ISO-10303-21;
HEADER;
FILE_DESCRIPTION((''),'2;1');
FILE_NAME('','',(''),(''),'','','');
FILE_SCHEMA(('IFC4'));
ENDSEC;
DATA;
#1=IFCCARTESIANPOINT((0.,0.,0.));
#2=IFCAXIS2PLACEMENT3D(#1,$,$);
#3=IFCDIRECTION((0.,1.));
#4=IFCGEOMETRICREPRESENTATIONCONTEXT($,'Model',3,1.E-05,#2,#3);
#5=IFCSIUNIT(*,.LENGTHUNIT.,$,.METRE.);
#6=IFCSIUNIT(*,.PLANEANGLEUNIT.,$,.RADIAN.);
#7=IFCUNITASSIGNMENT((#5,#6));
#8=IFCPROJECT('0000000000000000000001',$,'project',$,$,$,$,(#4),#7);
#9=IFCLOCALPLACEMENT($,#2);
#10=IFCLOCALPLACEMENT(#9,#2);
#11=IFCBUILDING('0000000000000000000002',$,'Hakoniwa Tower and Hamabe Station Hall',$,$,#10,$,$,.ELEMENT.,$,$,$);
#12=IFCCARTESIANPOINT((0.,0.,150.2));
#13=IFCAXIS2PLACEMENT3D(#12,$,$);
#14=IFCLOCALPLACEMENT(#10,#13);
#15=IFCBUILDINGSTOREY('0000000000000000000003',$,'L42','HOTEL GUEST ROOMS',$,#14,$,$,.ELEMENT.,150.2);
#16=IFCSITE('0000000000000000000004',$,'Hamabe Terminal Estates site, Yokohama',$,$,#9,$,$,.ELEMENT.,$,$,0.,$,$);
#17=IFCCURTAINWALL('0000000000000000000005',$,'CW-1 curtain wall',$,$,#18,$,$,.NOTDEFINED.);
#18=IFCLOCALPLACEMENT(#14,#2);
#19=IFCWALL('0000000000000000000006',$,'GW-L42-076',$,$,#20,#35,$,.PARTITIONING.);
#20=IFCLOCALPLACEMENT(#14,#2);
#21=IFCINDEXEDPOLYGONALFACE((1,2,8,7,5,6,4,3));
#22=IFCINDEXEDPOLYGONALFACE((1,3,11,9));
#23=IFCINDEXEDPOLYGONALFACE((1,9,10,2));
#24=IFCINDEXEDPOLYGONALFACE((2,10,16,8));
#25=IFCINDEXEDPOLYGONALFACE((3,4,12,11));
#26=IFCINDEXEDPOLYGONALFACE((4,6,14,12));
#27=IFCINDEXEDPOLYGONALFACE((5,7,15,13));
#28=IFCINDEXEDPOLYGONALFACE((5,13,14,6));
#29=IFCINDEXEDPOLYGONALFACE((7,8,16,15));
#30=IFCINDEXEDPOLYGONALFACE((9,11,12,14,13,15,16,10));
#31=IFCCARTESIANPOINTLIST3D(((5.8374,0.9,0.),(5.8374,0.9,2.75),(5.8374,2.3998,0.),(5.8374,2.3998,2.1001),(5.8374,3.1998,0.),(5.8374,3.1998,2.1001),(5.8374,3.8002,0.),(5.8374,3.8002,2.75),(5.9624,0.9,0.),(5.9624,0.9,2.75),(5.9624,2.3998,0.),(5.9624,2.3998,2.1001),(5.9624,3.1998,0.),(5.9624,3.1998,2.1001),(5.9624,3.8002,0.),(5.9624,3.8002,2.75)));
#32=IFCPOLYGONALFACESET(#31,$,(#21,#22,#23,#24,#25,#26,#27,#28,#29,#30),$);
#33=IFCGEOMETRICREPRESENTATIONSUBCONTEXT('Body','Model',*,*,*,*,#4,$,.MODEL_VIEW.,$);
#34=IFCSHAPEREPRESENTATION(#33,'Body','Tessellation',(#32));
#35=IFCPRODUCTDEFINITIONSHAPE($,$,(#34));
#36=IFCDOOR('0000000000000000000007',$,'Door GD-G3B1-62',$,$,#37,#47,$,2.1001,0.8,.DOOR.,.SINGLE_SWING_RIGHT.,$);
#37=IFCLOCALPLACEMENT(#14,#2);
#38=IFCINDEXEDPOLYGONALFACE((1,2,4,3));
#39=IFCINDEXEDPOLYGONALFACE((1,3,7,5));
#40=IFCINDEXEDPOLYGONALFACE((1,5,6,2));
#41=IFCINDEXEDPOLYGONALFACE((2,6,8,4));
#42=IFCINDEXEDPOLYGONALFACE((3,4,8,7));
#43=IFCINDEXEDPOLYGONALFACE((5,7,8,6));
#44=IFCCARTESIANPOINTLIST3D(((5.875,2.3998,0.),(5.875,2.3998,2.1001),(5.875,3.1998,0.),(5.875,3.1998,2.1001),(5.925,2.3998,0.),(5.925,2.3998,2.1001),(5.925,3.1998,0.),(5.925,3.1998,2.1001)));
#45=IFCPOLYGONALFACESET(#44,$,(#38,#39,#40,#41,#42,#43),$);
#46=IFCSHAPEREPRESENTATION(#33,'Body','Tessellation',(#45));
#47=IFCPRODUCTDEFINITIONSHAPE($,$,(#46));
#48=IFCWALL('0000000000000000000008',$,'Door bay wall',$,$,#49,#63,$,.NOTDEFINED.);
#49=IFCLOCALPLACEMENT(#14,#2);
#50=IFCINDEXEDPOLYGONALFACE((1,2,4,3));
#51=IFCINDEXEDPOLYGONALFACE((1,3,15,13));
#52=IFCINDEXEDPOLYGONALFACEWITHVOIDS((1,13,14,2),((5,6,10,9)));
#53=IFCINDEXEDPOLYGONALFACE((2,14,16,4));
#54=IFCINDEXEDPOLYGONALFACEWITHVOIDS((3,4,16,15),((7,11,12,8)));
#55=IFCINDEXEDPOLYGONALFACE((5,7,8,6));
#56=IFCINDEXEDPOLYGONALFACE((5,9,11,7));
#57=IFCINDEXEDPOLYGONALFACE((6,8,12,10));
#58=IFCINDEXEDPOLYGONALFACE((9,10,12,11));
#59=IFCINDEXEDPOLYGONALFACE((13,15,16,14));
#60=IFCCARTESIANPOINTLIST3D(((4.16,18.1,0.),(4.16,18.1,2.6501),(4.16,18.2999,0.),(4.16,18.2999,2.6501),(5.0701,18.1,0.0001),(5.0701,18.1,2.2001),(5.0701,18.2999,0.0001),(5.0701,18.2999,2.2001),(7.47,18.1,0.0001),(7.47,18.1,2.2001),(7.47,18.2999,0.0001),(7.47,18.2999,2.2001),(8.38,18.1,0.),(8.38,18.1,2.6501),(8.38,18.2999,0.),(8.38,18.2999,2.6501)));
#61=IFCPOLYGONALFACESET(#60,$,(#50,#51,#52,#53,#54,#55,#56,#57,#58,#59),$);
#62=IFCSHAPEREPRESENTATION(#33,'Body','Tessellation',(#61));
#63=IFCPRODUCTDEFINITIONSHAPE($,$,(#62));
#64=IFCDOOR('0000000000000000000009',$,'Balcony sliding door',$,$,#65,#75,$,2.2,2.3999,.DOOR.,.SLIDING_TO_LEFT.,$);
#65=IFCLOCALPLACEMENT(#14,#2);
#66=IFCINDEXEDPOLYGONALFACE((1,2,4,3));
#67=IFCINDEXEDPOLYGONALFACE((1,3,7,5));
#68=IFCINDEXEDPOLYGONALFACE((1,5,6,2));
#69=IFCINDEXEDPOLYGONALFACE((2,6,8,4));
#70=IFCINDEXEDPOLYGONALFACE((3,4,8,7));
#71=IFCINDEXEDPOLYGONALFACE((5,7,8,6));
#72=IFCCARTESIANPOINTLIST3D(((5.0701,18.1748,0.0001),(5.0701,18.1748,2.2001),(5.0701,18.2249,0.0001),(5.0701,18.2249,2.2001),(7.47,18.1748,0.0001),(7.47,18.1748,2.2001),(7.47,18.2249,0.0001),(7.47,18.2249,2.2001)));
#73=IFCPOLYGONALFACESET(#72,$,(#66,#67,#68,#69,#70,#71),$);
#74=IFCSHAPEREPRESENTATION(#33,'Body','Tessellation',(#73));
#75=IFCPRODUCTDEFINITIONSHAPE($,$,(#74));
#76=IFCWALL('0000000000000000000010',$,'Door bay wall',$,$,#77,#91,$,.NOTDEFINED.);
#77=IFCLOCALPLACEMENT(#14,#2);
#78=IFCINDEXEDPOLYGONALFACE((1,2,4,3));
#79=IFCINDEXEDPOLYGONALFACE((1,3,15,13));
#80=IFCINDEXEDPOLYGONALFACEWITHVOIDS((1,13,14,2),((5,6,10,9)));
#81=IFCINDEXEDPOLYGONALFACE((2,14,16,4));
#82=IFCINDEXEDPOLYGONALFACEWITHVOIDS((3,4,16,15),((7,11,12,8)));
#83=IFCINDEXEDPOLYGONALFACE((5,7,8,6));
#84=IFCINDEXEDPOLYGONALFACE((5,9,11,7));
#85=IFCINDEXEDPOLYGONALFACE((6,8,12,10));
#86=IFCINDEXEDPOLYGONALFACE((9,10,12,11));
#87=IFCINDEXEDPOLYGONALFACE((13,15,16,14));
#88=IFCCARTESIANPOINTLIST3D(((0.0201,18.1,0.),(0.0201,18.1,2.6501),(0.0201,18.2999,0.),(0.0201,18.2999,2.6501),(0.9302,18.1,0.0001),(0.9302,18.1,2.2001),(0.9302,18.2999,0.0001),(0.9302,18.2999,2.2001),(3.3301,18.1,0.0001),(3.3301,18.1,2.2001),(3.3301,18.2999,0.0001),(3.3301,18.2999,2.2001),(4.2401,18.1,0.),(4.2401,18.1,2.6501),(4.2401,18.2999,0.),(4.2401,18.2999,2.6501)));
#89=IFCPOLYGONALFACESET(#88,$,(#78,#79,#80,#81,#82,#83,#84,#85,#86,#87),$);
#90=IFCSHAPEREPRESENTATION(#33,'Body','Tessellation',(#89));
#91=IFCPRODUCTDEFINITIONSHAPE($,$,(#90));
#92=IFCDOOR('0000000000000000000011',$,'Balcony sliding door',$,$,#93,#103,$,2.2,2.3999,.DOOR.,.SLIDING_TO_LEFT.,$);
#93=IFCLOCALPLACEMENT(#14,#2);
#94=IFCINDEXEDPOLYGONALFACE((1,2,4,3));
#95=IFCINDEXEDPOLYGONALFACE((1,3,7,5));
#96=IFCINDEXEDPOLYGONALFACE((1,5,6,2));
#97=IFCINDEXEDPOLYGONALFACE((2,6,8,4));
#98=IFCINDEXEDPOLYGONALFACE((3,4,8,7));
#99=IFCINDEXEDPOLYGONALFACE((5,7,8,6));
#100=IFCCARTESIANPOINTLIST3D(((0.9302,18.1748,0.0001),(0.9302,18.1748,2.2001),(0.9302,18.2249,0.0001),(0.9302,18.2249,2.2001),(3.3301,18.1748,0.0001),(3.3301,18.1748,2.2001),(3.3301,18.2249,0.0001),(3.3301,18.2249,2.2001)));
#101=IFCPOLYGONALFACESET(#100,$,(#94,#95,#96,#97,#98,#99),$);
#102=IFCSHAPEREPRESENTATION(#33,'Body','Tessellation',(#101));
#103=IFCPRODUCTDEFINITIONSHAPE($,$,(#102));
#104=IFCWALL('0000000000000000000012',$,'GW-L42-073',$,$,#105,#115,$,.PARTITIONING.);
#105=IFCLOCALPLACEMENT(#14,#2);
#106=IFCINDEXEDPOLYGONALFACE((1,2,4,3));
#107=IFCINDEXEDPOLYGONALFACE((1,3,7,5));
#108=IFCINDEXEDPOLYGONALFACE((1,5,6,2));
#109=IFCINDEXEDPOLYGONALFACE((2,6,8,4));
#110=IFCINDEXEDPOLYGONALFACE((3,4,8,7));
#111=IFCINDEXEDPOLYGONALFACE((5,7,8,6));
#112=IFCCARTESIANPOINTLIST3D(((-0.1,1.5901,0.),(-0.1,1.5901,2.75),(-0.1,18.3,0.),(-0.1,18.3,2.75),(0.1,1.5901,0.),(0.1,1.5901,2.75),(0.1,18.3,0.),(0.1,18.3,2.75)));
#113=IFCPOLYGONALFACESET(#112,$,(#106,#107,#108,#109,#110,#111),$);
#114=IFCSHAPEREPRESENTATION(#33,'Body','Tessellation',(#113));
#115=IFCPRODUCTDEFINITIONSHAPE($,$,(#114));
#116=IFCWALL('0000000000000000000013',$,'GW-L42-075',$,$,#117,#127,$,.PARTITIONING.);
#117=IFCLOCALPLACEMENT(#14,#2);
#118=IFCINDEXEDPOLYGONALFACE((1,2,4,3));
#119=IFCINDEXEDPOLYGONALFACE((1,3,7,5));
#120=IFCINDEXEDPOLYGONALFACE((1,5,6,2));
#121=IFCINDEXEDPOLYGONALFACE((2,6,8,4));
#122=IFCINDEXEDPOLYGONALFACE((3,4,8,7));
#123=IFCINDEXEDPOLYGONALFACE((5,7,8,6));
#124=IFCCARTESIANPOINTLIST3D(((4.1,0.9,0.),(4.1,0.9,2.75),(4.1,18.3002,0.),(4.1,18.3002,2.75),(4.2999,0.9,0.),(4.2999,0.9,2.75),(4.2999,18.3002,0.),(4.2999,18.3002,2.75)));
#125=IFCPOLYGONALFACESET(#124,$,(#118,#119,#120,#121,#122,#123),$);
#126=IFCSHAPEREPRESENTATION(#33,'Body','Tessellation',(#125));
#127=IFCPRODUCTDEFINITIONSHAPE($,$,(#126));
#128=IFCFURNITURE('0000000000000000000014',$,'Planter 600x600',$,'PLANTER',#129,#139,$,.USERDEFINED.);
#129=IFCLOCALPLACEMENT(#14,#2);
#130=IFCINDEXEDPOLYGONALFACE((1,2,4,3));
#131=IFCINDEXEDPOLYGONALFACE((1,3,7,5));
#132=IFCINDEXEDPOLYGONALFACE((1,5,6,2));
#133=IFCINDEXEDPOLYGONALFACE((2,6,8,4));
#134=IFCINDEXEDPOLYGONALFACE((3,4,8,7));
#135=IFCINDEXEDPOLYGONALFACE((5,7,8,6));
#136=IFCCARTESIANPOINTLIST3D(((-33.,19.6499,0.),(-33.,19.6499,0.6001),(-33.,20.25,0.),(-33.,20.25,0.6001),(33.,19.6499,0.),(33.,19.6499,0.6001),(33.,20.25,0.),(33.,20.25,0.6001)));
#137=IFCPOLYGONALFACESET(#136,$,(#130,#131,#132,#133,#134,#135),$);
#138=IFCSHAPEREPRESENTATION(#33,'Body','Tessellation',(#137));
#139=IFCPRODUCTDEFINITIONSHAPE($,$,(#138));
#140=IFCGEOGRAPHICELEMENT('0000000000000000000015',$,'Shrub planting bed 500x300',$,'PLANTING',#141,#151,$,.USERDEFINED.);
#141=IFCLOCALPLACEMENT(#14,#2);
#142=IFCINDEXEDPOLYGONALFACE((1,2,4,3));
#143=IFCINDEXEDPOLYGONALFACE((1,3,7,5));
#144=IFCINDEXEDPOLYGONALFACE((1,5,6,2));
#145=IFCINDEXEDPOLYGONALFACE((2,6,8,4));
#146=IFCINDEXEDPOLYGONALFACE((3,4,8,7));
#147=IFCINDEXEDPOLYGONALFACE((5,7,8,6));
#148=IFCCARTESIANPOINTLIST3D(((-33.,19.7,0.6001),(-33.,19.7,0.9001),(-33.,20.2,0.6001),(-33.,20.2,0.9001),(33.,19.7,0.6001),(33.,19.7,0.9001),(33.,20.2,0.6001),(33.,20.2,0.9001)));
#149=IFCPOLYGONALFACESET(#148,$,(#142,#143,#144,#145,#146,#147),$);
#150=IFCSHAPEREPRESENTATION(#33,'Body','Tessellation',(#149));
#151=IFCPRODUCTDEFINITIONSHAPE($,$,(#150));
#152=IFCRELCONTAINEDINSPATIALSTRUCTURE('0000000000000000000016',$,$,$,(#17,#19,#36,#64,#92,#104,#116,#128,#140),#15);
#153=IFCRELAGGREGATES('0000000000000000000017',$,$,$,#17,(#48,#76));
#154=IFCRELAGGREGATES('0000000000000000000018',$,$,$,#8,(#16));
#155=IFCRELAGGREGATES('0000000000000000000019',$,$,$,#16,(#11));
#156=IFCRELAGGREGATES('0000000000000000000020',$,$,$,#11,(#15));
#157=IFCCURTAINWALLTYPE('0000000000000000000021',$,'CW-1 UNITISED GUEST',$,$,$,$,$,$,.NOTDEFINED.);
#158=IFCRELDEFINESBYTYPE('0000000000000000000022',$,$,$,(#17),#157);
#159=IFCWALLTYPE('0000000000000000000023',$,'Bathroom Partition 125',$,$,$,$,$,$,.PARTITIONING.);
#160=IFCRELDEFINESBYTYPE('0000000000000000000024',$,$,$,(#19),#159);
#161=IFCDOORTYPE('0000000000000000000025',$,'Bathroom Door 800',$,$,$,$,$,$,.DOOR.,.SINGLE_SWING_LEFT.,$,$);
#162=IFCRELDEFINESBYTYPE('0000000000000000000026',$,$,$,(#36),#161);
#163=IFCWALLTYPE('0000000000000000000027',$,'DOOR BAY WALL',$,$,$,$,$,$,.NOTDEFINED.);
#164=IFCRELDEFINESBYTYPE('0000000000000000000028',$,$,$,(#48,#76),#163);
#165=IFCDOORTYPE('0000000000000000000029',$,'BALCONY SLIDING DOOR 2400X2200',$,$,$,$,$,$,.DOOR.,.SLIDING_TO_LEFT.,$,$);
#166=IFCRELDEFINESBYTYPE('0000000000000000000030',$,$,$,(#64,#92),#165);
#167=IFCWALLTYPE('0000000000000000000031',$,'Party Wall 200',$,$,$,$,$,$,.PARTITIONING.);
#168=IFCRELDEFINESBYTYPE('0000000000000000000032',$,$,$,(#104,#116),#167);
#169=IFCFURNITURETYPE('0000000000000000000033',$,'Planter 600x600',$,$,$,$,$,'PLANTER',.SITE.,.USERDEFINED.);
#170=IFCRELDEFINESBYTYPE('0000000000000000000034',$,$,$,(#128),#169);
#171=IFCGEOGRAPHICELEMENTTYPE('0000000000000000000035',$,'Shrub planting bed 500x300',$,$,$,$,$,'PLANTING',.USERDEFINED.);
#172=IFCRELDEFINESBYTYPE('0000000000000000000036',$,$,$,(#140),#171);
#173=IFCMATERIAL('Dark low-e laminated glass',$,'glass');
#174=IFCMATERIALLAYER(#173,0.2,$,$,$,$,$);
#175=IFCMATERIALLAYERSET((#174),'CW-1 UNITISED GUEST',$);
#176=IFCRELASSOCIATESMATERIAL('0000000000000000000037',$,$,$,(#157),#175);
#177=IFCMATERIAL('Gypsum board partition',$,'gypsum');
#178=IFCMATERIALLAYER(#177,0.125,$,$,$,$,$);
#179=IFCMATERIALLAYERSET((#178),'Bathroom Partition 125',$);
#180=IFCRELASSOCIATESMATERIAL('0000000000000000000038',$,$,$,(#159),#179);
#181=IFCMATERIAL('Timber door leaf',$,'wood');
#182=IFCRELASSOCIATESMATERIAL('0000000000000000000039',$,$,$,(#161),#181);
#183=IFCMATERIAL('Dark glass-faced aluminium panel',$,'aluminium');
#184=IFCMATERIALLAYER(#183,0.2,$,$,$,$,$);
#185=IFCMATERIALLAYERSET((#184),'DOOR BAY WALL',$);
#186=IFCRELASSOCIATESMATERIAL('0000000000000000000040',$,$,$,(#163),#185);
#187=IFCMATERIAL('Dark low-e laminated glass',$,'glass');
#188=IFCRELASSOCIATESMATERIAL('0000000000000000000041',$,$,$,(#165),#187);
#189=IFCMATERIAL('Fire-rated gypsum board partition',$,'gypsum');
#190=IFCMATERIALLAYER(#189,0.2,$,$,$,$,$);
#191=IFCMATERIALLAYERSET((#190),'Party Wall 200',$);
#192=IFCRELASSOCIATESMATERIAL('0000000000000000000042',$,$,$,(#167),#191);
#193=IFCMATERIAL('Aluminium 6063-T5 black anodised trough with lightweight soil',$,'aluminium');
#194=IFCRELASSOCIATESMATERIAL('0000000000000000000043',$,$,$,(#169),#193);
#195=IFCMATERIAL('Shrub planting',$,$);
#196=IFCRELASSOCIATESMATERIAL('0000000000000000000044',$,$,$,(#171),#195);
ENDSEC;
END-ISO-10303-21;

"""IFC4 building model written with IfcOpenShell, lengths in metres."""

from ifc_helpers import new_model, si_unit, direction, frame, frame_2d, origin, origin_2d, place, context, subcontext, project, spatial, rectangle, extrude, material, layer, layer_set, type_object, element, fill, aggregate, save


model = new_model("IFC4")

# Units and contexts
model_context = context("Model", 3, precision=1e-05, world=origin(), true_north=direction((0.0, 1.0)))
body_context = subcontext(model_context, "Body", "Model", "MODEL_VIEW")
ifc_project = project(units=[si_unit("LENGTHUNIT", "METRE"), si_unit("PLANEANGLEUNIT", "RADIAN")], contexts=[model_context])

# Site, building, storey
site_placement = place(None, origin())
site = spatial("IfcSite", under=ifc_project, at=site_placement, Name="Hamabe Terminal Estates site, Yokohama", CompositionType="ELEMENT", RefElevation=0.0)
building_placement = place(site_placement, origin())
building = spatial("IfcBuilding", under=site, at=building_placement, Name="Hakoniwa Tower and Hamabe Station Hall", CompositionType="ELEMENT")
storey_placement = place(building_placement, frame((0.0, 0.0, 150.2)))
storey = spatial("IfcBuildingStorey", under=building, at=storey_placement, Name="L42", Description="HOTEL GUEST ROOMS", CompositionType="ELEMENT", Elevation=150.2)

# Curtain wall
ifc_material_1 = material(Name="Dark low-e laminated glass", Category="glass")
ifc_layer_1 = layer(ifc_material_1, 0.2)
ifc_layer_set_1 = layer_set([ifc_layer_1], Name="CW-1 UNITISED GUEST")
curtain_wall_type = type_object("IfcCurtainWallType", Name="CW-1 UNITISED GUEST", PredefinedType="NOTDEFINED", material=ifc_layer_set_1)
curtain_wall_1_placement = place(storey_placement, origin())
curtain_wall_1 = element("IfcCurtainWall", 1, at=curtain_wall_1_placement, inside=storey, type_object=curtain_wall_type, Name="CW-1 curtain wall", PredefinedType="NOTDEFINED")

# Shared definitions
ifc_material_2 = material(Name="Gypsum board partition", Category="gypsum")
ifc_layer_2 = layer(ifc_material_2, 0.125)
ifc_layer_set_2 = layer_set([ifc_layer_2], Name="Bathroom Partition 125")
wall_type_1 = type_object("IfcWallType", Name="Bathroom Partition 125", PredefinedType="PARTITIONING", material=ifc_layer_set_2)

# Walls, openings, doors
ifc_material_3 = material(Name="Timber door leaf", Category="wood")
door_type_1 = type_object("IfcDoorType", Name="Bathroom Door 800", OperationType="SINGLE_SWING_LEFT", PredefinedType="DOOR", material=ifc_material_3)
wall_1_placement = place(storey_placement, frame((5.8999, 0.8999, 0.0), z_axis=(0.0, 0.0, 1.0), x_axis=(0.0, 1.0, 0.0)))
wall_1 = element("IfcWall", 2, at=wall_1_placement, inside=storey, type_object=wall_type_1, Name="GW-L42-076", PredefinedType="PARTITIONING", context=body_context, shape_type="SweptSolid", body=[
    extrude(rectangle(XDim=2.9001, YDim=0.125, at=frame_2d((1.4502, 0.0))), origin(), (0.0, 0.0, 1.0), 2.75),
])
opening_1_placement = place(wall_1_placement, frame((1.5, 0.0, 0.0)))
opening_1 = element("IfcOpeningElement", 3, at=opening_1_placement, cuts=wall_1, PredefinedType="OPENING", context=body_context, shape_type="SweptSolid", body=[
    extrude(rectangle(XDim=0.8, YDim=2.1001, at=frame_2d((0.3999, 1.05))), frame((0.0, 0.0725, 0.0), z_axis=(0.0, -1.0, 0.0), x_axis=(1.0, 0.0, 0.0)), (0.0, 0.0, 1.0), 0.145),
])
door_1_placement = place(opening_1_placement, origin())
door_1 = element("IfcDoor", 4, at=door_1_placement, inside=storey, type_object=door_type_1, Name="Door GD-G3B1-62", OperationType="SINGLE_SWING_RIGHT", OverallHeight=2.1001, OverallWidth=0.8, PredefinedType="DOOR", context=body_context, shape_type="SweptSolid", body=[
    extrude(rectangle(XDim=0.8, YDim=2.1001, at=frame_2d((0.3999, 1.05))), frame((0.0, 0.0249, 0.0), z_axis=(0.0, -1.0, 0.0), x_axis=(1.0, 0.0, 0.0)), (0.0, 0.0, 1.0), 0.05),
])
fill(opening_1, door_1)
ifc_material_4 = material(Name="Dark glass-faced aluminium panel", Category="aluminium")
ifc_layer_3 = layer(ifc_material_4, 0.2)
ifc_layer_set_3 = layer_set([ifc_layer_3], Name="DOOR BAY WALL")
wall_type_2 = type_object("IfcWallType", Name="DOOR BAY WALL", PredefinedType="NOTDEFINED", material=ifc_layer_set_3)
wall_2_placement = place(storey_placement, frame((8.3799, 18.2, 0.0), z_axis=(0.0, 0.0, 1.0), x_axis=(-1.0, 0.0, 0.0)))
wall_2 = element("IfcWall", 5, at=wall_2_placement, type_object=wall_type_2, Name="Door bay wall", PredefinedType="NOTDEFINED", context=body_context, shape_type="SweptSolid", body=[
    extrude(rectangle(XDim=4.22, YDim=0.2, at=frame_2d((2.1099, 0.0))), origin(), (0.0, 0.0, 1.0), 2.6501),
])
opening_2_placement = place(wall_2_placement, frame((0.9099, 0.0, 0.0)))
opening_2 = element("IfcOpeningElement", 6, at=opening_2_placement, cuts=wall_2, PredefinedType="OPENING", context=body_context, shape_type="SweptSolid", body=[
    extrude(rectangle(XDim=2.3999, YDim=2.2, at=frame_2d((1.2, 1.1001))), frame((0.0, 0.1099, 0.0), z_axis=(0.0, -1.0, 0.0), x_axis=(1.0, 0.0, 0.0)), (0.0, 0.0, 1.0), 0.22),
])
ifc_material_5 = material(Name="Dark low-e laminated glass", Category="glass")
door_type_2 = type_object("IfcDoorType", Name="BALCONY SLIDING DOOR 2400X2200", OperationType="SLIDING_TO_LEFT", PredefinedType="DOOR", material=ifc_material_5)
door_2_placement = place(opening_2_placement, frame((2.3999, 0.0, 0.0), z_axis=(0.0, 0.0, 1.0), x_axis=(-1.0, 0.0, 0.0)))
door_2 = element("IfcDoor", 7, at=door_2_placement, inside=storey, type_object=door_type_2, Name="Balcony sliding door", OperationType="SLIDING_TO_LEFT", OverallHeight=2.2, OverallWidth=2.3999, PredefinedType="DOOR", context=body_context, shape_type="SweptSolid", body=[
    extrude(rectangle(XDim=2.3999, YDim=2.2, at=frame_2d((1.2, 1.1001))), frame((0.0, 0.0249, 0.0), z_axis=(0.0, -1.0, 0.0), x_axis=(1.0, 0.0, 0.0)), (0.0, 0.0, 1.0), 0.05),
])
fill(opening_2, door_2)
wall_3_placement = place(storey_placement, frame((4.24, 18.2, 0.0), z_axis=(0.0, 0.0, 1.0), x_axis=(-1.0, 0.0, 0.0)))
wall_3 = element("IfcWall", 8, at=wall_3_placement, type_object=wall_type_2, Name="Door bay wall", PredefinedType="NOTDEFINED", context=body_context, shape_type="SweptSolid", body=[
    extrude(rectangle(XDim=4.22, YDim=0.2, at=frame_2d((2.1099, 0.0))), origin(), (0.0, 0.0, 1.0), 2.6501),
])
opening_3_placement = place(wall_3_placement, frame((0.9099, 0.0, 0.0)))
opening_3 = element("IfcOpeningElement", 9, at=opening_3_placement, cuts=wall_3, PredefinedType="OPENING", context=body_context, shape_type="SweptSolid", body=[
    extrude(rectangle(XDim=2.3999, YDim=2.2, at=frame_2d((1.2, 1.1001))), frame((0.0, 0.1099, 0.0), z_axis=(0.0, -1.0, 0.0), x_axis=(1.0, 0.0, 0.0)), (0.0, 0.0, 1.0), 0.22),
])
door_3_placement = place(opening_3_placement, frame((2.3999, 0.0, 0.0), z_axis=(0.0, 0.0, 1.0), x_axis=(-1.0, 0.0, 0.0)))
door_3 = element("IfcDoor", 10, at=door_3_placement, inside=storey, type_object=door_type_2, Name="Balcony sliding door", OperationType="SLIDING_TO_LEFT", OverallHeight=2.2, OverallWidth=2.3999, PredefinedType="DOOR", context=body_context, shape_type="SweptSolid", body=[
    extrude(rectangle(XDim=2.3999, YDim=2.2, at=frame_2d((1.2, 1.1001))), frame((0.0, 0.0249, 0.0), z_axis=(0.0, -1.0, 0.0), x_axis=(1.0, 0.0, 0.0)), (0.0, 0.0, 1.0), 0.05),
])
fill(opening_3, door_3)
aggregate(curtain_wall_1, [wall_2, wall_3])

# Walls
ifc_material_6 = material(Name="Fire-rated gypsum board partition", Category="gypsum")
ifc_layer_4 = layer(ifc_material_6, 0.2)
ifc_layer_set_4 = layer_set([ifc_layer_4], Name="Party Wall 200")
wall_type_3 = type_object("IfcWallType", Name="Party Wall 200", PredefinedType="PARTITIONING", material=ifc_layer_set_4)
wall_4_placement = place(storey_placement, frame((0.0, 1.5901, 0.0), z_axis=(0.0, 0.0, 1.0), x_axis=(0.0, 1.0, 0.0)))
element("IfcWall", 11, at=wall_4_placement, inside=storey, type_object=wall_type_3, Name="GW-L42-073", PredefinedType="PARTITIONING", context=body_context, shape_type="SweptSolid", body=[
    extrude(rectangle(XDim=16.71, YDim=0.2, at=frame_2d((8.355, 0.0))), origin(), (0.0, 0.0, 1.0), 2.75),
])
wall_5_placement = place(storey_placement, frame((4.2, 0.8999, 0.0), z_axis=(0.0, 0.0, 1.0), x_axis=(0.0, 1.0, 0.0)))
element("IfcWall", 12, at=wall_5_placement, inside=storey, type_object=wall_type_3, Name="GW-L42-075", PredefinedType="PARTITIONING", context=body_context, shape_type="SweptSolid", body=[
    extrude(rectangle(XDim=17.4001, YDim=0.2, at=frame_2d((8.7002, 0.0))), origin(), (0.0, 0.0, 1.0), 2.75),
])

# Furniture
ifc_material_7 = material(Name="Aluminium 6063-T5 black anodised trough with lightweight soil", Category="aluminium")
furniture_type = type_object("IfcFurnitureType", Name="Planter 600x600", ElementType="PLANTER", AssemblyPlace="SITE", PredefinedType="USERDEFINED", material=ifc_material_7)
furniture_placement = place(storey_placement, frame((0.0, 19.95, 0.0), z_axis=(0.0, 0.0, 1.0), x_axis=(1.0, 0.0, 0.0)))
element("IfcFurniture", 13, at=furniture_placement, inside=storey, type_object=furniture_type, Name="Planter 600x600", ObjectType="PLANTER", PredefinedType="USERDEFINED", context=body_context, shape_type="SweptSolid", body=[
    extrude(rectangle(XDim=66.0, YDim=0.6001, at=origin_2d()), origin(), (0.0, 0.0, 1.0), 0.6001),
])

# Geographic element
ifc_material_8 = material(Name="Shrub planting")
geographic_element_type = type_object("IfcGeographicElementType", Name="Shrub planting bed 500x300", ElementType="PLANTING", PredefinedType="USERDEFINED", material=ifc_material_8)
geographic_element_placement = place(storey_placement, frame((0.0, 19.95, 0.6001), z_axis=(0.0, 0.0, 1.0), x_axis=(1.0, 0.0, 0.0)))
element("IfcGeographicElement", 14, at=geographic_element_placement, inside=storey, type_object=geographic_element_type, Name="Shrub planting bed 500x300", ObjectType="PLANTING", PredefinedType="USERDEFINED", context=body_context, shape_type="SweptSolid", body=[
    extrude(rectangle(XDim=66.0, YDim=0.5, at=origin_2d()), origin(), (0.0, 0.0, 1.0), 0.3),
])

save(model, "model.ifc")
